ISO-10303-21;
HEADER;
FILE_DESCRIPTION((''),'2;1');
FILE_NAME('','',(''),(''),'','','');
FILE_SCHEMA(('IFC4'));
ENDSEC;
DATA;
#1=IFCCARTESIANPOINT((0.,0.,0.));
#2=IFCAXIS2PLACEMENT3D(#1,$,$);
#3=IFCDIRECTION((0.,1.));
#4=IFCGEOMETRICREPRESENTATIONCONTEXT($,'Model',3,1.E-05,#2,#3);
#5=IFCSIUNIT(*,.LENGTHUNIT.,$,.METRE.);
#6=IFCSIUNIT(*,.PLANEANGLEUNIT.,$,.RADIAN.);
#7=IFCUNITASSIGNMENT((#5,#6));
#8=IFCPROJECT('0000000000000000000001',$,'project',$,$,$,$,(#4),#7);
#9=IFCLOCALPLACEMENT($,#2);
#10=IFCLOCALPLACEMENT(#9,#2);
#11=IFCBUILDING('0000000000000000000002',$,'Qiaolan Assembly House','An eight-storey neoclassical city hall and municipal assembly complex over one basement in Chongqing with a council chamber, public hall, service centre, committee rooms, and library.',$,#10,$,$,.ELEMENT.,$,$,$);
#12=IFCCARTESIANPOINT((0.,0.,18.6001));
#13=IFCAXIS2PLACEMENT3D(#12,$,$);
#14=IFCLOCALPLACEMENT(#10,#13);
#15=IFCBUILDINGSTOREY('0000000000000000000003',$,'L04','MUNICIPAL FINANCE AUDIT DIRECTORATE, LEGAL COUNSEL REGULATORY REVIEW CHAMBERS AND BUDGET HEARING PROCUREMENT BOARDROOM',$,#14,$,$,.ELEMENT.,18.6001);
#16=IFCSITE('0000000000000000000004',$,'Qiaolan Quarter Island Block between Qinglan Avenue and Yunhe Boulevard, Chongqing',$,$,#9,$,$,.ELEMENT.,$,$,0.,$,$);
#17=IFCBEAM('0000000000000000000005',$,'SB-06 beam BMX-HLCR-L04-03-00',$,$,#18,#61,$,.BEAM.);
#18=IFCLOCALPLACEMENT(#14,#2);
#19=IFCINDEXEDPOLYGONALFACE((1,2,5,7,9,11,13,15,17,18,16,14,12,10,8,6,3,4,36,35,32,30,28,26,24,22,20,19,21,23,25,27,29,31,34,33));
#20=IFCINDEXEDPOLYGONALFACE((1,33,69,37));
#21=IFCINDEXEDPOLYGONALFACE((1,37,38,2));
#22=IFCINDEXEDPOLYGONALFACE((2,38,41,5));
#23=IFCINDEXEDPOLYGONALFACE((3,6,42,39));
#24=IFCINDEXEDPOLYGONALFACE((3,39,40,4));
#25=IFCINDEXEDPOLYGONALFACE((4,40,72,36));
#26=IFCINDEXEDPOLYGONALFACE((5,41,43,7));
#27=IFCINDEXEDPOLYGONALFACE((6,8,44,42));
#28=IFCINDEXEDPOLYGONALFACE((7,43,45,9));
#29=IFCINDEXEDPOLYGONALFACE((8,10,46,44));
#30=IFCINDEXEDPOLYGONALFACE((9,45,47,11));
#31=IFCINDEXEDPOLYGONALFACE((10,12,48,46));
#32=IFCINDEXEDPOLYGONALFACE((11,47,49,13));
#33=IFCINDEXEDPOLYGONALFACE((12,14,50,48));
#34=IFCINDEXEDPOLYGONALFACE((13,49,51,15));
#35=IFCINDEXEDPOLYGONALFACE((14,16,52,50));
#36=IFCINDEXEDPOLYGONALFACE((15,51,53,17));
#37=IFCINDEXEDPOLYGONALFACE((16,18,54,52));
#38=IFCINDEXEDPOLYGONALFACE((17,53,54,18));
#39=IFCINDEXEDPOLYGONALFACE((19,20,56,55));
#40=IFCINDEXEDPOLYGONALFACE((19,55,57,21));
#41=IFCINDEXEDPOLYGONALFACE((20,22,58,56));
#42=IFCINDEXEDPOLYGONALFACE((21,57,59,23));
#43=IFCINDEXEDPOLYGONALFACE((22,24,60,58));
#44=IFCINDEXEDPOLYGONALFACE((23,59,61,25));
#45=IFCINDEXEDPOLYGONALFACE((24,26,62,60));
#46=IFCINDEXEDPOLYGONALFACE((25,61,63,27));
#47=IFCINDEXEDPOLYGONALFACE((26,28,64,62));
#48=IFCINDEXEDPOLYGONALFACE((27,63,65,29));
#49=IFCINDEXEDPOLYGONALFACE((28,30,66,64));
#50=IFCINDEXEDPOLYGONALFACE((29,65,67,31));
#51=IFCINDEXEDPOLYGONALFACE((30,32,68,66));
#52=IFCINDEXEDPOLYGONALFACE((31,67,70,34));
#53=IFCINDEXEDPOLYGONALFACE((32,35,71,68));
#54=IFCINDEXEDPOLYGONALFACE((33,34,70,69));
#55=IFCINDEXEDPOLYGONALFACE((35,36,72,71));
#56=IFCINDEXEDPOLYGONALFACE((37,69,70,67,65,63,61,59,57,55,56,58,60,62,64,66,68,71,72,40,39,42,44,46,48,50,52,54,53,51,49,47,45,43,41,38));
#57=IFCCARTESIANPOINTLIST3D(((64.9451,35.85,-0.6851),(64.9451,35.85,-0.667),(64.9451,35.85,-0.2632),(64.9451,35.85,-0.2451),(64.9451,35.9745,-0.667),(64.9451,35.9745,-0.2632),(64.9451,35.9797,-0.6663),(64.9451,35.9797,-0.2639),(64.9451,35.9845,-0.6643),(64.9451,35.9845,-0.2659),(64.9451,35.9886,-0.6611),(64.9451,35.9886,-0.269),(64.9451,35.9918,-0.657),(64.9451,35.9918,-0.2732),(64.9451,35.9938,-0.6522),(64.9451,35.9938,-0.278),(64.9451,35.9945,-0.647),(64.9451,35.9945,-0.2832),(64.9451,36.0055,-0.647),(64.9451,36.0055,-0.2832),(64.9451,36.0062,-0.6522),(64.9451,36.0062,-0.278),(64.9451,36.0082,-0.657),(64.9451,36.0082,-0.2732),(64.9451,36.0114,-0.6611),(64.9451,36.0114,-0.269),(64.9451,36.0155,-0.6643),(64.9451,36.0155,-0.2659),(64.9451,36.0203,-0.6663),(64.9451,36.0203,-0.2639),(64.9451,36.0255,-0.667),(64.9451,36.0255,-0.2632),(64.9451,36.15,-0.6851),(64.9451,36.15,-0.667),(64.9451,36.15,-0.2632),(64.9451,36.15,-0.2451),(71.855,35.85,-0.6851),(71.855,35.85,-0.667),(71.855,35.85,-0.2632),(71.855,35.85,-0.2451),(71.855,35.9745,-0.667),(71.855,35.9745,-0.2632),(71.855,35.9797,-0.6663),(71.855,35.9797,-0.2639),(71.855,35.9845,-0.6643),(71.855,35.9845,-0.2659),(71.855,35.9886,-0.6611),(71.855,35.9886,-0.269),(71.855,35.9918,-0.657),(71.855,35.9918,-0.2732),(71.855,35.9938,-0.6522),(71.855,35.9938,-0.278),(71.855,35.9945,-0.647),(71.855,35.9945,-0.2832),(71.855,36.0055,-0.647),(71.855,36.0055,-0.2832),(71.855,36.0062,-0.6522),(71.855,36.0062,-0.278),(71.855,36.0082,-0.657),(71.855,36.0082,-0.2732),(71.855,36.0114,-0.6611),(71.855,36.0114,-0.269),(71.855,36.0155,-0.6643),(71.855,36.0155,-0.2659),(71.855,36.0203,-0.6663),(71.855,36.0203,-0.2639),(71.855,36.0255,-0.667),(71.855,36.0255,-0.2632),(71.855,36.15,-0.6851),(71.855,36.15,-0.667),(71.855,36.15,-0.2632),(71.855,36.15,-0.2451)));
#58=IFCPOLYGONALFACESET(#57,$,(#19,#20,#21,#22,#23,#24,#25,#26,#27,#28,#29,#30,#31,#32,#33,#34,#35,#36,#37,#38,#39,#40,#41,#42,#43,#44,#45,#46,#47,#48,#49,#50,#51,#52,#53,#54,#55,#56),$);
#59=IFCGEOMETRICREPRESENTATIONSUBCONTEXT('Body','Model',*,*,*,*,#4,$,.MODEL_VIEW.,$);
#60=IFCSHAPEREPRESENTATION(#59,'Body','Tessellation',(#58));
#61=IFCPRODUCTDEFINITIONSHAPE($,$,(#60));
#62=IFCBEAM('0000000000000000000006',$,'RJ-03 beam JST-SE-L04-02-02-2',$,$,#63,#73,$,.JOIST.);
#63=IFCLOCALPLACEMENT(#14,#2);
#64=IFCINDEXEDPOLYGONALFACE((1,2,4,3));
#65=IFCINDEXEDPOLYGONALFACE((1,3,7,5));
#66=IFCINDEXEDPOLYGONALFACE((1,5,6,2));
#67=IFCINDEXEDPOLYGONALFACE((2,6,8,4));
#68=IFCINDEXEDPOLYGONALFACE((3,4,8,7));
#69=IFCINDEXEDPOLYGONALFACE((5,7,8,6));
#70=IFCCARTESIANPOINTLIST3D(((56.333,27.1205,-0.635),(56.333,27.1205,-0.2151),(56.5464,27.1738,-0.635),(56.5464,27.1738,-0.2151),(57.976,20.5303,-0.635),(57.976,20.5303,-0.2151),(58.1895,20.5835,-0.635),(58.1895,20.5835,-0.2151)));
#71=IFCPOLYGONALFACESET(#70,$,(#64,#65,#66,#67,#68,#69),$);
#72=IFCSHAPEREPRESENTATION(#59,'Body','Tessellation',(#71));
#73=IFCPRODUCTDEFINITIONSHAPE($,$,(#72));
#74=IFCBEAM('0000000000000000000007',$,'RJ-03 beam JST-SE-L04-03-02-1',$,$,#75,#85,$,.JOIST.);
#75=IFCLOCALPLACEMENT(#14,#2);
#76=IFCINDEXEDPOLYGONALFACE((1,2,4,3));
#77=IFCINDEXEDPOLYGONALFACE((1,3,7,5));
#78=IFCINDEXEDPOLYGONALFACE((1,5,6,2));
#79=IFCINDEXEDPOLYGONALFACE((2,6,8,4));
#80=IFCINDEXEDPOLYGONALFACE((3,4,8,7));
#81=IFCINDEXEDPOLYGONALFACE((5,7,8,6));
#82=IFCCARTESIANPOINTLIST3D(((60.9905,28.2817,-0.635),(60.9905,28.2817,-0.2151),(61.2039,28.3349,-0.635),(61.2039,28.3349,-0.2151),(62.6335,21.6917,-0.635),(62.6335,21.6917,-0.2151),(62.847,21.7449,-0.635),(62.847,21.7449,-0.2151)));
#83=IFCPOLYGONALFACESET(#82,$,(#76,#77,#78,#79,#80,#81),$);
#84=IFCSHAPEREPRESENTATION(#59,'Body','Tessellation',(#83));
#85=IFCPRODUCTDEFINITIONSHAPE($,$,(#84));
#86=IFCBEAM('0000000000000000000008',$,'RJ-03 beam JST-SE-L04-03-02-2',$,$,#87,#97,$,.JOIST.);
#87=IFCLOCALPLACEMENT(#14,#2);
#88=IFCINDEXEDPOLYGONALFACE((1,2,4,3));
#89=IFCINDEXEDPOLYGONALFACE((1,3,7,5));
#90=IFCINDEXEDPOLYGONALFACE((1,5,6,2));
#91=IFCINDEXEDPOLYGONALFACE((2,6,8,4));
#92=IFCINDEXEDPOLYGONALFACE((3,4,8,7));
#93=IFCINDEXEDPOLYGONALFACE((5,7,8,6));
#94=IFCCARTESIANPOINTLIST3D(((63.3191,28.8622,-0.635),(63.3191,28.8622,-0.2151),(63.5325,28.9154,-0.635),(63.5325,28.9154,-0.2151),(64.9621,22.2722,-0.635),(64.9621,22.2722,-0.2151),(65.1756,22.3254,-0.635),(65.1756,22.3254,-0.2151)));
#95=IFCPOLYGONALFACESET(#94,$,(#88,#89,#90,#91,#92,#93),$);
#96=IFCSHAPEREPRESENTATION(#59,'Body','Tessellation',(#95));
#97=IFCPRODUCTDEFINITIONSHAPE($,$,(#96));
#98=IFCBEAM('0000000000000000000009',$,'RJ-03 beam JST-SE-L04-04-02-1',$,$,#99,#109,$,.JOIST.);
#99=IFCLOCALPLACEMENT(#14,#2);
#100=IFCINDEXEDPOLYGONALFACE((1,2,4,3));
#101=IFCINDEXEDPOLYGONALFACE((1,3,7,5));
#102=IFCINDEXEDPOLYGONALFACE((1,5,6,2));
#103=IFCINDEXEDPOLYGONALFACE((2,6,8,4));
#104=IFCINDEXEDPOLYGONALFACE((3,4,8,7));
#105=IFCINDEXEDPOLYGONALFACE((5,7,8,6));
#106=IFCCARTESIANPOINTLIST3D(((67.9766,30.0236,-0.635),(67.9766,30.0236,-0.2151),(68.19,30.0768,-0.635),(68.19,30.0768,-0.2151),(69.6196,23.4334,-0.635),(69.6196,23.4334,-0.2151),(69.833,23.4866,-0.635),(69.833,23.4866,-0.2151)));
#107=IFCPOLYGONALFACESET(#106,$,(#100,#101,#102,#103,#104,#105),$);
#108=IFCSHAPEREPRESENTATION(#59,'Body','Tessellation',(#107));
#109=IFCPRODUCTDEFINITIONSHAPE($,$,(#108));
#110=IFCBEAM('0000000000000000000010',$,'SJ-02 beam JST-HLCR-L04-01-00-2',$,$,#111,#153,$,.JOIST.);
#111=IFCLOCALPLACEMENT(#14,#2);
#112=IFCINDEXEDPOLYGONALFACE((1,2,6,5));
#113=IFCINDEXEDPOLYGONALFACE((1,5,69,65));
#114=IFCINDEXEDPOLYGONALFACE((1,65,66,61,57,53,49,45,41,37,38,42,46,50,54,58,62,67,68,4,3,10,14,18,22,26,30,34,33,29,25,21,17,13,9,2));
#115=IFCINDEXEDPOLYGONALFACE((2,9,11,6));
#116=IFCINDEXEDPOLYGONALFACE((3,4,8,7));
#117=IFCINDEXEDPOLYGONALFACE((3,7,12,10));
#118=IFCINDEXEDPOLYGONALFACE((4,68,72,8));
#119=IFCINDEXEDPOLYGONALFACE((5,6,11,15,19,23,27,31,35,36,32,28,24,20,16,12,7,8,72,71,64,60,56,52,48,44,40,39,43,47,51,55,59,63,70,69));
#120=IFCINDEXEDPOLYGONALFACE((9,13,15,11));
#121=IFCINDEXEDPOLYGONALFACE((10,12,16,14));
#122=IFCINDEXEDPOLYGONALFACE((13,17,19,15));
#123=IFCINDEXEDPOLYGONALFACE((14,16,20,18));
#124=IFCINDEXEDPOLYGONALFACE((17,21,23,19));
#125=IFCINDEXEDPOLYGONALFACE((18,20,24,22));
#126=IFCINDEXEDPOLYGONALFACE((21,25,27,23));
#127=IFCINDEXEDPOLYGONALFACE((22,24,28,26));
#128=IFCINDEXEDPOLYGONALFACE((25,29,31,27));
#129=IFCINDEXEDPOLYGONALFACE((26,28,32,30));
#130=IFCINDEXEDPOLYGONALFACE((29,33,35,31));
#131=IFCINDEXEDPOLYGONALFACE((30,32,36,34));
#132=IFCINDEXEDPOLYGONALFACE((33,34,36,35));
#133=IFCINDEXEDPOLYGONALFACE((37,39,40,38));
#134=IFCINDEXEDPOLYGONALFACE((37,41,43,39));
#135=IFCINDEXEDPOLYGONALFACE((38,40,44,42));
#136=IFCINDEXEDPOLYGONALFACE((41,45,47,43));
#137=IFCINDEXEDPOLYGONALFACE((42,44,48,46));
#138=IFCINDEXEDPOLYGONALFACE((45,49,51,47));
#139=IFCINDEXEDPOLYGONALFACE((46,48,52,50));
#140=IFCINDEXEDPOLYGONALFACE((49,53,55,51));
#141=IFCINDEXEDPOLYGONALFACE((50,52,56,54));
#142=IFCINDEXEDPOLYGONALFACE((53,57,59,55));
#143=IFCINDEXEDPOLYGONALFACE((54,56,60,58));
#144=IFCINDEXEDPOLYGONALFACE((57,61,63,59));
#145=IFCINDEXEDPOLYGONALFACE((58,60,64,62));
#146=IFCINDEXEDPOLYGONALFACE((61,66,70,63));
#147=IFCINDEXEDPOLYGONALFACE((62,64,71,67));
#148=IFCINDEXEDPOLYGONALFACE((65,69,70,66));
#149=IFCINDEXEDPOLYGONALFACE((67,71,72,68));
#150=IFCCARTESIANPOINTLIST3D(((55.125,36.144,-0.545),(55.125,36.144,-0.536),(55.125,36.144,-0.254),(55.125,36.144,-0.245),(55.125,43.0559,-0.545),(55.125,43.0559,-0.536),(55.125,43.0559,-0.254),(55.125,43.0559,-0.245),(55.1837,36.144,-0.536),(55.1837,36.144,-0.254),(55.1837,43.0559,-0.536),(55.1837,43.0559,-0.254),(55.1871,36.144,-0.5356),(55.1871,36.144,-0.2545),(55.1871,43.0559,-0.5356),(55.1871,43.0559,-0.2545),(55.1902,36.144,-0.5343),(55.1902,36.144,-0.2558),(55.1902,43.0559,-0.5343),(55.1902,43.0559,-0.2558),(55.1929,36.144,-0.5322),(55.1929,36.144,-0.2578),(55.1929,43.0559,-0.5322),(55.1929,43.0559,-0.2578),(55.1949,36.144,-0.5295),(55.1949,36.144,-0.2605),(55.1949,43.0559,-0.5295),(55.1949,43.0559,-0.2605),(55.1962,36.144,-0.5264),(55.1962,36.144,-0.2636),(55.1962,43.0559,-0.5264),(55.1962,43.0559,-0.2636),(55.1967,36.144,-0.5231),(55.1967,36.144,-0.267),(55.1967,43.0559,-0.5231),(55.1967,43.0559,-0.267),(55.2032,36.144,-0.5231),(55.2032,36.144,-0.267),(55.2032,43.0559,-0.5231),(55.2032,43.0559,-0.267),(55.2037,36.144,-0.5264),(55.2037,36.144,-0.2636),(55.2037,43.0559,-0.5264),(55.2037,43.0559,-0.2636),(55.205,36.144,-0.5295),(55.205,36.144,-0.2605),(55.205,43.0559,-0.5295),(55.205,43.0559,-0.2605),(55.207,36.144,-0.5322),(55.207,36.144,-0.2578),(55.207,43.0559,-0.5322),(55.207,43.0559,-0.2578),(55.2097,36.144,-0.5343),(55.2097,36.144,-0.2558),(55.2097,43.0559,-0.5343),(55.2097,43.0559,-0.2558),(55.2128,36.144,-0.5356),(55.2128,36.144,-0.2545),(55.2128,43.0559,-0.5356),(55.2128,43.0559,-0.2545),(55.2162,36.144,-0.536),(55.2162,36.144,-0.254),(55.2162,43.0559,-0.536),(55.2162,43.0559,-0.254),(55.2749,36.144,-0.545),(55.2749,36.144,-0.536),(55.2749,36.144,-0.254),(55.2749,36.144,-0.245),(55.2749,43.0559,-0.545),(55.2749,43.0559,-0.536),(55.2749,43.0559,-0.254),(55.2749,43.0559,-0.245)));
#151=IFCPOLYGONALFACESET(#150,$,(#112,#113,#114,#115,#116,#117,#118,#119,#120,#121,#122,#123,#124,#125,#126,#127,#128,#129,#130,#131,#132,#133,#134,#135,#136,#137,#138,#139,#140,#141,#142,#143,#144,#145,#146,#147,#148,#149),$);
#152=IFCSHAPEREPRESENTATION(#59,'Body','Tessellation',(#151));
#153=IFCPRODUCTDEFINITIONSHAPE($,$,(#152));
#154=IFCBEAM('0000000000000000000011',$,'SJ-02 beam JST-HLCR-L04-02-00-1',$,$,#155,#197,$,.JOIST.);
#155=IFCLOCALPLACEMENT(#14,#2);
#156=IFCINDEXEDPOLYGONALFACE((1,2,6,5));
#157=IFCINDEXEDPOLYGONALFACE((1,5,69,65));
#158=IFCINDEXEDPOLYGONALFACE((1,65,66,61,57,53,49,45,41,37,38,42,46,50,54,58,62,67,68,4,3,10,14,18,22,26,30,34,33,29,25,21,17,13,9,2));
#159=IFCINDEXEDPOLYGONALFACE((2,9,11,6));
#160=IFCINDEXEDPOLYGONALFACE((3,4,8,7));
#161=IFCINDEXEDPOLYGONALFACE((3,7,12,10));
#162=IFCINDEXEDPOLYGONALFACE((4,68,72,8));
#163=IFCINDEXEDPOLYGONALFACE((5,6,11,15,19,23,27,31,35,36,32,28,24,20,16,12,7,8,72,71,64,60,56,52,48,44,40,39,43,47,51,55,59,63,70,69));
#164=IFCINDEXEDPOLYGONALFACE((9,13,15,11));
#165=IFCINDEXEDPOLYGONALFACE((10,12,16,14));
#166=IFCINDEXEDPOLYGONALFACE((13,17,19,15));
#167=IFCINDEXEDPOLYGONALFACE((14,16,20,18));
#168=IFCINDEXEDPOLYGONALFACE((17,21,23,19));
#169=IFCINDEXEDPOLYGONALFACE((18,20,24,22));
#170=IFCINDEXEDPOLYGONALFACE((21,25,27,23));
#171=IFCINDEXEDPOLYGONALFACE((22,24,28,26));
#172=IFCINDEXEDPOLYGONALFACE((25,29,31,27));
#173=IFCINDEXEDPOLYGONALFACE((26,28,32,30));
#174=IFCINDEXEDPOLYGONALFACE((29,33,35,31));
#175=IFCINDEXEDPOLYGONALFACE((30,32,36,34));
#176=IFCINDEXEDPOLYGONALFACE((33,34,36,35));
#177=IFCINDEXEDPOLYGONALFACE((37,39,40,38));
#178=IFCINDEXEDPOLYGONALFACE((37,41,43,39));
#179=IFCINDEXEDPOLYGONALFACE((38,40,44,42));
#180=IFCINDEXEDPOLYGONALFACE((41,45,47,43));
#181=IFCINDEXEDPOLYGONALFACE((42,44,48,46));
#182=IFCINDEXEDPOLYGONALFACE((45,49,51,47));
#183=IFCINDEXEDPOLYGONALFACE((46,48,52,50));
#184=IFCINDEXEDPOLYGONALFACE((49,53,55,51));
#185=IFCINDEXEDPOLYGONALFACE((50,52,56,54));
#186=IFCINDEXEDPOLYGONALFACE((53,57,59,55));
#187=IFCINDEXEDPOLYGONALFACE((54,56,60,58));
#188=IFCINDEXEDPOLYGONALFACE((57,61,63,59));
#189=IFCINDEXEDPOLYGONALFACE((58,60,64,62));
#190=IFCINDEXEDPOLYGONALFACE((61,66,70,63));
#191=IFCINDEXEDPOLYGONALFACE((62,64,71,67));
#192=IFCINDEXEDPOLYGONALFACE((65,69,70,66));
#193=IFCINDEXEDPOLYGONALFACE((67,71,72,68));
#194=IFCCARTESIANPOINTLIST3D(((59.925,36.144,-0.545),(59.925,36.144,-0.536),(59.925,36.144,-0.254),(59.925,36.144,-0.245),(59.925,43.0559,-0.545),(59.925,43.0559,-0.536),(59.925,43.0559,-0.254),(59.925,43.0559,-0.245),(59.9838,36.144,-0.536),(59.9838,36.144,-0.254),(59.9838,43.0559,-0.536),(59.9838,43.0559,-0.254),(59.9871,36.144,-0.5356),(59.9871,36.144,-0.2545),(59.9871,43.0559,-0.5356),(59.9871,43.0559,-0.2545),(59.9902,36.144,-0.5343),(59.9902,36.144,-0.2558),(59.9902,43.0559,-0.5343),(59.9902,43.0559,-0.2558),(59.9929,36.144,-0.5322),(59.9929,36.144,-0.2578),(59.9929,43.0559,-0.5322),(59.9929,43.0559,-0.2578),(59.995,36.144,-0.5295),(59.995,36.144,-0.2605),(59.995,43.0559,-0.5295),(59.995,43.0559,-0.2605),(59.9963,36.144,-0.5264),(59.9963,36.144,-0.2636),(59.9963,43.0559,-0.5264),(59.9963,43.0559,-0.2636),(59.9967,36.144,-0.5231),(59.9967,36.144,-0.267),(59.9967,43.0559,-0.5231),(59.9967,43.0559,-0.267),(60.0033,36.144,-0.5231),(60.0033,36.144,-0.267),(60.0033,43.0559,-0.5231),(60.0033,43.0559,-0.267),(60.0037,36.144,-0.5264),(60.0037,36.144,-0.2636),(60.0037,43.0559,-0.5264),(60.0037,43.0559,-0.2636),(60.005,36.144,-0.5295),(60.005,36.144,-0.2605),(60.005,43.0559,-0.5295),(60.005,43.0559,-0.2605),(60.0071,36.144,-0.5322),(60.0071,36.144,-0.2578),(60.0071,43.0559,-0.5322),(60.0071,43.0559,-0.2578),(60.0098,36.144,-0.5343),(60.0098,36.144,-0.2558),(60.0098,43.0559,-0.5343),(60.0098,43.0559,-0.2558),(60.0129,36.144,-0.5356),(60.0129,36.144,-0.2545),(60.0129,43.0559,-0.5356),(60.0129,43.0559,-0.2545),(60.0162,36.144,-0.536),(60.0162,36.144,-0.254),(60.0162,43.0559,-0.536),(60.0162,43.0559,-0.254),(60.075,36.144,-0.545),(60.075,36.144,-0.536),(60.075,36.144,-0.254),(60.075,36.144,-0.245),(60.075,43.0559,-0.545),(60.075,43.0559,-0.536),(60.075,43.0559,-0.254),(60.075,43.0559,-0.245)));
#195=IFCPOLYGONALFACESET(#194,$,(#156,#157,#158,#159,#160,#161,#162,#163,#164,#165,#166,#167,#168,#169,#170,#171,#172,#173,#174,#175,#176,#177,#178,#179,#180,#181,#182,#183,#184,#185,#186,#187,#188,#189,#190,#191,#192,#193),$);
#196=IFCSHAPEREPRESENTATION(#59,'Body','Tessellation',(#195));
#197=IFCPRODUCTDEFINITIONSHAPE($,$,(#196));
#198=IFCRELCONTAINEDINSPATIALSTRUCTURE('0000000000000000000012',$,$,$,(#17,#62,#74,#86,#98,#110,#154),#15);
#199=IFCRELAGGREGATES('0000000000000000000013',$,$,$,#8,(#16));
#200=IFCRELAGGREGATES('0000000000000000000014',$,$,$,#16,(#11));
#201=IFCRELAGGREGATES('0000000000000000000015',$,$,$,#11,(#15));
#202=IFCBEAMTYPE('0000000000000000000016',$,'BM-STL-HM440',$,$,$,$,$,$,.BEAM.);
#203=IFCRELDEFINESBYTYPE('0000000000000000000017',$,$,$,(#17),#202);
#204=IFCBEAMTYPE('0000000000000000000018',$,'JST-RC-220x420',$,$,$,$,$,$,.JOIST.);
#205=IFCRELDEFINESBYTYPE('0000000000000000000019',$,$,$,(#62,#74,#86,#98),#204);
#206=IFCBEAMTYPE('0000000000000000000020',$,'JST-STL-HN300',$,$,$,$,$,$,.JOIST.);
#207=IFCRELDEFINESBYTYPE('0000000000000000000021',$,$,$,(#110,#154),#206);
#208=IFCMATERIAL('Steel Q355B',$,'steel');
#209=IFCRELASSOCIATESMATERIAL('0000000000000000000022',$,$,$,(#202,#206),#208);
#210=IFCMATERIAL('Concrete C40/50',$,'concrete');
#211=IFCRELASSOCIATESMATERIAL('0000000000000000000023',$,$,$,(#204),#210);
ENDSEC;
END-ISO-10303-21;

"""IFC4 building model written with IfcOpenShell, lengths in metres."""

from ifc_helpers import new_model, si_unit, direction, frame, origin, origin_2d, place, context, subcontext, project, spatial, rectangle, i_section, extrude, material, material_profile, profile_set, type_object, element, save


model = new_model("IFC4")

# Units and contexts
model_context = context("Model", 3, precision=1e-05, world=origin(), true_north=direction((0.0, 1.0)))
body_context = subcontext(model_context, "Body", "Model", "MODEL_VIEW")
ifc_project = project(units=[si_unit("LENGTHUNIT", "METRE"), si_unit("PLANEANGLEUNIT", "RADIAN")], contexts=[model_context])

# Site, building, storey
site_placement = place(None, origin())
site = spatial("IfcSite", under=ifc_project, at=site_placement, Name="Qiaolan Quarter Island Block between Qinglan Avenue and Yunhe Boulevard, Chongqing", CompositionType="ELEMENT", RefElevation=0.0)
building_placement = place(site_placement, origin())
building = spatial("IfcBuilding", under=site, at=building_placement, Name="Qiaolan Assembly House", Description="An eight-storey neoclassical city hall and municipal assembly complex over one basement in Chongqing with a council chamber, public hall, service centre, committee rooms, and library.", CompositionType="ELEMENT")
storey_placement = place(building_placement, frame((0.0, 0.0, 18.6001)))
storey = spatial("IfcBuildingStorey", under=building, at=storey_placement, Name="L04", Description="MUNICIPAL FINANCE AUDIT DIRECTORATE, LEGAL COUNSEL REGULATORY REVIEW CHAMBERS AND BUDGET HEARING PROCUREMENT BOARDROOM", CompositionType="ELEMENT", Elevation=18.6001)

# Shared definitions
ifc_material_1 = material(Name="Concrete C40/50", Category="concrete")

# Beams
ifc_material_2 = material(Name="Steel Q355B", Category="steel")
ifc_material_profile_1 = material_profile(ifc_material_2, i_section(OverallWidth=0.3, OverallDepth=0.4399, WebThickness=0.011, FlangeThickness=0.0181, FilletRadius=0.02, at=origin_2d()), Name="HM 440x300x11x18")
ifc_profile_set_1 = profile_set([ifc_material_profile_1], Name="Steel Q355B")
beam_type_1 = type_object("IfcBeamType", Name="BM-STL-HM440", PredefinedType="BEAM", material=ifc_profile_set_1)
for number, where, z_axis, x_axis, name in (
    (1, (64.9451, 36.0, -0.4651), (1.0, 0.0, 0.0), (0.0, 1.0, 0.0), "SB-06 beam BMX-HLCR-L04-03-00"),
):
    element("IfcBeam", number, at=place(storey_placement, frame(where, z_axis=z_axis, x_axis=x_axis)), inside=storey, type_object=beam_type_1, Name=name, PredefinedType="BEAM", context=body_context, shape_type="SweptSolid", body=[
        extrude(i_section(OverallWidth=0.3, OverallDepth=0.4399, WebThickness=0.011, FlangeThickness=0.0181, FilletRadius=0.02, at=origin_2d()), origin(), (0.0, 0.0, 1.0), 6.9099),
    ])
ifc_material_profile_2 = material_profile(ifc_material_1, rectangle(XDim=0.22, YDim=0.4199, at=origin_2d()), Name="RCB 220x420")
ifc_profile_set_2 = profile_set([ifc_material_profile_2], Name="Concrete C40/50")
beam_type_2 = type_object("IfcBeamType", Name="JST-RC-220x420", PredefinedType="JOIST", material=ifc_profile_set_2)
beam_1_placement = place(storey_placement, frame((58.0828, 20.5569, -0.425), z_axis=(-0.24191, 0.970299, 0.0), x_axis=(-0.970299, -0.24191, 0.0)))
element("IfcBeam", 2, at=beam_1_placement, inside=storey, type_object=beam_type_2, Name="RJ-03 beam JST-SE-L04-02-02-2", PredefinedType="JOIST", context=body_context, shape_type="SweptSolid", body=[
    extrude(rectangle(XDim=0.22, YDim=0.4199, at=origin_2d()), origin(), (0.0, 0.0, 1.0), 6.792),
])
for number, where, z_axis, x_axis, name in (
    (3, (62.7402, 21.7183, -0.425), (-0.241918, 0.970297, 0.0), (-0.970297, -0.241918, 0.0), "RJ-03 beam JST-SE-L04-03-02-1"),
    (4, (65.0688, 22.2988, -0.425), (-0.241918, 0.970297, 0.0), (-0.970297, -0.241918, 0.0), "RJ-03 beam JST-SE-L04-03-02-2"),
):
    element("IfcBeam", number, at=place(storey_placement, frame(where, z_axis=z_axis, x_axis=x_axis)), inside=storey, type_object=beam_type_2, Name=name, PredefinedType="JOIST", context=body_context, shape_type="SweptSolid", body=[
        extrude(rectangle(XDim=0.22, YDim=0.4199, at=origin_2d()), origin(), (0.0, 0.0, 1.0), 6.7917),
    ])
beam_2_placement = place(storey_placement, frame((69.7263, 23.46, -0.425), z_axis=(-0.24191, 0.970299, 0.0), x_axis=(-0.970299, -0.24191, 0.0)))
element("IfcBeam", 5, at=beam_2_placement, inside=storey, type_object=beam_type_2, Name="RJ-03 beam JST-SE-L04-04-02-1", PredefinedType="JOIST", context=body_context, shape_type="SweptSolid", body=[
    extrude(rectangle(XDim=0.22, YDim=0.4199, at=origin_2d()), origin(), (0.0, 0.0, 1.0), 6.792),
])
ifc_material_profile_3 = material_profile(ifc_material_2, i_section(OverallWidth=0.1499, OverallDepth=0.3, WebThickness=0.0066, FlangeThickness=0.009, FilletRadius=0.0129, at=origin_2d()), Name="HN 300x150x6.5x9")
ifc_profile_set_3 = profile_set([ifc_material_profile_3], Name="Steel Q355B")
beam_type_3 = type_object("IfcBeamType", Name="JST-STL-HN300", PredefinedType="JOIST", material=ifc_profile_set_3)
for number, where, z_axis, x_axis, name in (
    (6, (55.2, 36.144, -0.395), (0.0, 1.0, 0.0), (-1.0, 0.0, 0.0), "SJ-02 beam JST-HLCR-L04-01-00-2"),
    (7, (60.0, 36.144, -0.395), (0.0, 1.0, 0.0), (-1.0, 0.0, 0.0), "SJ-02 beam JST-HLCR-L04-02-00-1"),
):
    element("IfcBeam", number, at=place(storey_placement, frame(where, z_axis=z_axis, x_axis=x_axis)), inside=storey, type_object=beam_type_3, Name=name, PredefinedType="JOIST", context=body_context, shape_type="SweptSolid", body=[
        extrude(i_section(OverallWidth=0.1499, OverallDepth=0.3, WebThickness=0.0066, FlangeThickness=0.009, FilletRadius=0.0129, at=origin_2d()), origin(), (0.0, 0.0, 1.0), 6.9119),
    ])

save(model, "model.ifc")
